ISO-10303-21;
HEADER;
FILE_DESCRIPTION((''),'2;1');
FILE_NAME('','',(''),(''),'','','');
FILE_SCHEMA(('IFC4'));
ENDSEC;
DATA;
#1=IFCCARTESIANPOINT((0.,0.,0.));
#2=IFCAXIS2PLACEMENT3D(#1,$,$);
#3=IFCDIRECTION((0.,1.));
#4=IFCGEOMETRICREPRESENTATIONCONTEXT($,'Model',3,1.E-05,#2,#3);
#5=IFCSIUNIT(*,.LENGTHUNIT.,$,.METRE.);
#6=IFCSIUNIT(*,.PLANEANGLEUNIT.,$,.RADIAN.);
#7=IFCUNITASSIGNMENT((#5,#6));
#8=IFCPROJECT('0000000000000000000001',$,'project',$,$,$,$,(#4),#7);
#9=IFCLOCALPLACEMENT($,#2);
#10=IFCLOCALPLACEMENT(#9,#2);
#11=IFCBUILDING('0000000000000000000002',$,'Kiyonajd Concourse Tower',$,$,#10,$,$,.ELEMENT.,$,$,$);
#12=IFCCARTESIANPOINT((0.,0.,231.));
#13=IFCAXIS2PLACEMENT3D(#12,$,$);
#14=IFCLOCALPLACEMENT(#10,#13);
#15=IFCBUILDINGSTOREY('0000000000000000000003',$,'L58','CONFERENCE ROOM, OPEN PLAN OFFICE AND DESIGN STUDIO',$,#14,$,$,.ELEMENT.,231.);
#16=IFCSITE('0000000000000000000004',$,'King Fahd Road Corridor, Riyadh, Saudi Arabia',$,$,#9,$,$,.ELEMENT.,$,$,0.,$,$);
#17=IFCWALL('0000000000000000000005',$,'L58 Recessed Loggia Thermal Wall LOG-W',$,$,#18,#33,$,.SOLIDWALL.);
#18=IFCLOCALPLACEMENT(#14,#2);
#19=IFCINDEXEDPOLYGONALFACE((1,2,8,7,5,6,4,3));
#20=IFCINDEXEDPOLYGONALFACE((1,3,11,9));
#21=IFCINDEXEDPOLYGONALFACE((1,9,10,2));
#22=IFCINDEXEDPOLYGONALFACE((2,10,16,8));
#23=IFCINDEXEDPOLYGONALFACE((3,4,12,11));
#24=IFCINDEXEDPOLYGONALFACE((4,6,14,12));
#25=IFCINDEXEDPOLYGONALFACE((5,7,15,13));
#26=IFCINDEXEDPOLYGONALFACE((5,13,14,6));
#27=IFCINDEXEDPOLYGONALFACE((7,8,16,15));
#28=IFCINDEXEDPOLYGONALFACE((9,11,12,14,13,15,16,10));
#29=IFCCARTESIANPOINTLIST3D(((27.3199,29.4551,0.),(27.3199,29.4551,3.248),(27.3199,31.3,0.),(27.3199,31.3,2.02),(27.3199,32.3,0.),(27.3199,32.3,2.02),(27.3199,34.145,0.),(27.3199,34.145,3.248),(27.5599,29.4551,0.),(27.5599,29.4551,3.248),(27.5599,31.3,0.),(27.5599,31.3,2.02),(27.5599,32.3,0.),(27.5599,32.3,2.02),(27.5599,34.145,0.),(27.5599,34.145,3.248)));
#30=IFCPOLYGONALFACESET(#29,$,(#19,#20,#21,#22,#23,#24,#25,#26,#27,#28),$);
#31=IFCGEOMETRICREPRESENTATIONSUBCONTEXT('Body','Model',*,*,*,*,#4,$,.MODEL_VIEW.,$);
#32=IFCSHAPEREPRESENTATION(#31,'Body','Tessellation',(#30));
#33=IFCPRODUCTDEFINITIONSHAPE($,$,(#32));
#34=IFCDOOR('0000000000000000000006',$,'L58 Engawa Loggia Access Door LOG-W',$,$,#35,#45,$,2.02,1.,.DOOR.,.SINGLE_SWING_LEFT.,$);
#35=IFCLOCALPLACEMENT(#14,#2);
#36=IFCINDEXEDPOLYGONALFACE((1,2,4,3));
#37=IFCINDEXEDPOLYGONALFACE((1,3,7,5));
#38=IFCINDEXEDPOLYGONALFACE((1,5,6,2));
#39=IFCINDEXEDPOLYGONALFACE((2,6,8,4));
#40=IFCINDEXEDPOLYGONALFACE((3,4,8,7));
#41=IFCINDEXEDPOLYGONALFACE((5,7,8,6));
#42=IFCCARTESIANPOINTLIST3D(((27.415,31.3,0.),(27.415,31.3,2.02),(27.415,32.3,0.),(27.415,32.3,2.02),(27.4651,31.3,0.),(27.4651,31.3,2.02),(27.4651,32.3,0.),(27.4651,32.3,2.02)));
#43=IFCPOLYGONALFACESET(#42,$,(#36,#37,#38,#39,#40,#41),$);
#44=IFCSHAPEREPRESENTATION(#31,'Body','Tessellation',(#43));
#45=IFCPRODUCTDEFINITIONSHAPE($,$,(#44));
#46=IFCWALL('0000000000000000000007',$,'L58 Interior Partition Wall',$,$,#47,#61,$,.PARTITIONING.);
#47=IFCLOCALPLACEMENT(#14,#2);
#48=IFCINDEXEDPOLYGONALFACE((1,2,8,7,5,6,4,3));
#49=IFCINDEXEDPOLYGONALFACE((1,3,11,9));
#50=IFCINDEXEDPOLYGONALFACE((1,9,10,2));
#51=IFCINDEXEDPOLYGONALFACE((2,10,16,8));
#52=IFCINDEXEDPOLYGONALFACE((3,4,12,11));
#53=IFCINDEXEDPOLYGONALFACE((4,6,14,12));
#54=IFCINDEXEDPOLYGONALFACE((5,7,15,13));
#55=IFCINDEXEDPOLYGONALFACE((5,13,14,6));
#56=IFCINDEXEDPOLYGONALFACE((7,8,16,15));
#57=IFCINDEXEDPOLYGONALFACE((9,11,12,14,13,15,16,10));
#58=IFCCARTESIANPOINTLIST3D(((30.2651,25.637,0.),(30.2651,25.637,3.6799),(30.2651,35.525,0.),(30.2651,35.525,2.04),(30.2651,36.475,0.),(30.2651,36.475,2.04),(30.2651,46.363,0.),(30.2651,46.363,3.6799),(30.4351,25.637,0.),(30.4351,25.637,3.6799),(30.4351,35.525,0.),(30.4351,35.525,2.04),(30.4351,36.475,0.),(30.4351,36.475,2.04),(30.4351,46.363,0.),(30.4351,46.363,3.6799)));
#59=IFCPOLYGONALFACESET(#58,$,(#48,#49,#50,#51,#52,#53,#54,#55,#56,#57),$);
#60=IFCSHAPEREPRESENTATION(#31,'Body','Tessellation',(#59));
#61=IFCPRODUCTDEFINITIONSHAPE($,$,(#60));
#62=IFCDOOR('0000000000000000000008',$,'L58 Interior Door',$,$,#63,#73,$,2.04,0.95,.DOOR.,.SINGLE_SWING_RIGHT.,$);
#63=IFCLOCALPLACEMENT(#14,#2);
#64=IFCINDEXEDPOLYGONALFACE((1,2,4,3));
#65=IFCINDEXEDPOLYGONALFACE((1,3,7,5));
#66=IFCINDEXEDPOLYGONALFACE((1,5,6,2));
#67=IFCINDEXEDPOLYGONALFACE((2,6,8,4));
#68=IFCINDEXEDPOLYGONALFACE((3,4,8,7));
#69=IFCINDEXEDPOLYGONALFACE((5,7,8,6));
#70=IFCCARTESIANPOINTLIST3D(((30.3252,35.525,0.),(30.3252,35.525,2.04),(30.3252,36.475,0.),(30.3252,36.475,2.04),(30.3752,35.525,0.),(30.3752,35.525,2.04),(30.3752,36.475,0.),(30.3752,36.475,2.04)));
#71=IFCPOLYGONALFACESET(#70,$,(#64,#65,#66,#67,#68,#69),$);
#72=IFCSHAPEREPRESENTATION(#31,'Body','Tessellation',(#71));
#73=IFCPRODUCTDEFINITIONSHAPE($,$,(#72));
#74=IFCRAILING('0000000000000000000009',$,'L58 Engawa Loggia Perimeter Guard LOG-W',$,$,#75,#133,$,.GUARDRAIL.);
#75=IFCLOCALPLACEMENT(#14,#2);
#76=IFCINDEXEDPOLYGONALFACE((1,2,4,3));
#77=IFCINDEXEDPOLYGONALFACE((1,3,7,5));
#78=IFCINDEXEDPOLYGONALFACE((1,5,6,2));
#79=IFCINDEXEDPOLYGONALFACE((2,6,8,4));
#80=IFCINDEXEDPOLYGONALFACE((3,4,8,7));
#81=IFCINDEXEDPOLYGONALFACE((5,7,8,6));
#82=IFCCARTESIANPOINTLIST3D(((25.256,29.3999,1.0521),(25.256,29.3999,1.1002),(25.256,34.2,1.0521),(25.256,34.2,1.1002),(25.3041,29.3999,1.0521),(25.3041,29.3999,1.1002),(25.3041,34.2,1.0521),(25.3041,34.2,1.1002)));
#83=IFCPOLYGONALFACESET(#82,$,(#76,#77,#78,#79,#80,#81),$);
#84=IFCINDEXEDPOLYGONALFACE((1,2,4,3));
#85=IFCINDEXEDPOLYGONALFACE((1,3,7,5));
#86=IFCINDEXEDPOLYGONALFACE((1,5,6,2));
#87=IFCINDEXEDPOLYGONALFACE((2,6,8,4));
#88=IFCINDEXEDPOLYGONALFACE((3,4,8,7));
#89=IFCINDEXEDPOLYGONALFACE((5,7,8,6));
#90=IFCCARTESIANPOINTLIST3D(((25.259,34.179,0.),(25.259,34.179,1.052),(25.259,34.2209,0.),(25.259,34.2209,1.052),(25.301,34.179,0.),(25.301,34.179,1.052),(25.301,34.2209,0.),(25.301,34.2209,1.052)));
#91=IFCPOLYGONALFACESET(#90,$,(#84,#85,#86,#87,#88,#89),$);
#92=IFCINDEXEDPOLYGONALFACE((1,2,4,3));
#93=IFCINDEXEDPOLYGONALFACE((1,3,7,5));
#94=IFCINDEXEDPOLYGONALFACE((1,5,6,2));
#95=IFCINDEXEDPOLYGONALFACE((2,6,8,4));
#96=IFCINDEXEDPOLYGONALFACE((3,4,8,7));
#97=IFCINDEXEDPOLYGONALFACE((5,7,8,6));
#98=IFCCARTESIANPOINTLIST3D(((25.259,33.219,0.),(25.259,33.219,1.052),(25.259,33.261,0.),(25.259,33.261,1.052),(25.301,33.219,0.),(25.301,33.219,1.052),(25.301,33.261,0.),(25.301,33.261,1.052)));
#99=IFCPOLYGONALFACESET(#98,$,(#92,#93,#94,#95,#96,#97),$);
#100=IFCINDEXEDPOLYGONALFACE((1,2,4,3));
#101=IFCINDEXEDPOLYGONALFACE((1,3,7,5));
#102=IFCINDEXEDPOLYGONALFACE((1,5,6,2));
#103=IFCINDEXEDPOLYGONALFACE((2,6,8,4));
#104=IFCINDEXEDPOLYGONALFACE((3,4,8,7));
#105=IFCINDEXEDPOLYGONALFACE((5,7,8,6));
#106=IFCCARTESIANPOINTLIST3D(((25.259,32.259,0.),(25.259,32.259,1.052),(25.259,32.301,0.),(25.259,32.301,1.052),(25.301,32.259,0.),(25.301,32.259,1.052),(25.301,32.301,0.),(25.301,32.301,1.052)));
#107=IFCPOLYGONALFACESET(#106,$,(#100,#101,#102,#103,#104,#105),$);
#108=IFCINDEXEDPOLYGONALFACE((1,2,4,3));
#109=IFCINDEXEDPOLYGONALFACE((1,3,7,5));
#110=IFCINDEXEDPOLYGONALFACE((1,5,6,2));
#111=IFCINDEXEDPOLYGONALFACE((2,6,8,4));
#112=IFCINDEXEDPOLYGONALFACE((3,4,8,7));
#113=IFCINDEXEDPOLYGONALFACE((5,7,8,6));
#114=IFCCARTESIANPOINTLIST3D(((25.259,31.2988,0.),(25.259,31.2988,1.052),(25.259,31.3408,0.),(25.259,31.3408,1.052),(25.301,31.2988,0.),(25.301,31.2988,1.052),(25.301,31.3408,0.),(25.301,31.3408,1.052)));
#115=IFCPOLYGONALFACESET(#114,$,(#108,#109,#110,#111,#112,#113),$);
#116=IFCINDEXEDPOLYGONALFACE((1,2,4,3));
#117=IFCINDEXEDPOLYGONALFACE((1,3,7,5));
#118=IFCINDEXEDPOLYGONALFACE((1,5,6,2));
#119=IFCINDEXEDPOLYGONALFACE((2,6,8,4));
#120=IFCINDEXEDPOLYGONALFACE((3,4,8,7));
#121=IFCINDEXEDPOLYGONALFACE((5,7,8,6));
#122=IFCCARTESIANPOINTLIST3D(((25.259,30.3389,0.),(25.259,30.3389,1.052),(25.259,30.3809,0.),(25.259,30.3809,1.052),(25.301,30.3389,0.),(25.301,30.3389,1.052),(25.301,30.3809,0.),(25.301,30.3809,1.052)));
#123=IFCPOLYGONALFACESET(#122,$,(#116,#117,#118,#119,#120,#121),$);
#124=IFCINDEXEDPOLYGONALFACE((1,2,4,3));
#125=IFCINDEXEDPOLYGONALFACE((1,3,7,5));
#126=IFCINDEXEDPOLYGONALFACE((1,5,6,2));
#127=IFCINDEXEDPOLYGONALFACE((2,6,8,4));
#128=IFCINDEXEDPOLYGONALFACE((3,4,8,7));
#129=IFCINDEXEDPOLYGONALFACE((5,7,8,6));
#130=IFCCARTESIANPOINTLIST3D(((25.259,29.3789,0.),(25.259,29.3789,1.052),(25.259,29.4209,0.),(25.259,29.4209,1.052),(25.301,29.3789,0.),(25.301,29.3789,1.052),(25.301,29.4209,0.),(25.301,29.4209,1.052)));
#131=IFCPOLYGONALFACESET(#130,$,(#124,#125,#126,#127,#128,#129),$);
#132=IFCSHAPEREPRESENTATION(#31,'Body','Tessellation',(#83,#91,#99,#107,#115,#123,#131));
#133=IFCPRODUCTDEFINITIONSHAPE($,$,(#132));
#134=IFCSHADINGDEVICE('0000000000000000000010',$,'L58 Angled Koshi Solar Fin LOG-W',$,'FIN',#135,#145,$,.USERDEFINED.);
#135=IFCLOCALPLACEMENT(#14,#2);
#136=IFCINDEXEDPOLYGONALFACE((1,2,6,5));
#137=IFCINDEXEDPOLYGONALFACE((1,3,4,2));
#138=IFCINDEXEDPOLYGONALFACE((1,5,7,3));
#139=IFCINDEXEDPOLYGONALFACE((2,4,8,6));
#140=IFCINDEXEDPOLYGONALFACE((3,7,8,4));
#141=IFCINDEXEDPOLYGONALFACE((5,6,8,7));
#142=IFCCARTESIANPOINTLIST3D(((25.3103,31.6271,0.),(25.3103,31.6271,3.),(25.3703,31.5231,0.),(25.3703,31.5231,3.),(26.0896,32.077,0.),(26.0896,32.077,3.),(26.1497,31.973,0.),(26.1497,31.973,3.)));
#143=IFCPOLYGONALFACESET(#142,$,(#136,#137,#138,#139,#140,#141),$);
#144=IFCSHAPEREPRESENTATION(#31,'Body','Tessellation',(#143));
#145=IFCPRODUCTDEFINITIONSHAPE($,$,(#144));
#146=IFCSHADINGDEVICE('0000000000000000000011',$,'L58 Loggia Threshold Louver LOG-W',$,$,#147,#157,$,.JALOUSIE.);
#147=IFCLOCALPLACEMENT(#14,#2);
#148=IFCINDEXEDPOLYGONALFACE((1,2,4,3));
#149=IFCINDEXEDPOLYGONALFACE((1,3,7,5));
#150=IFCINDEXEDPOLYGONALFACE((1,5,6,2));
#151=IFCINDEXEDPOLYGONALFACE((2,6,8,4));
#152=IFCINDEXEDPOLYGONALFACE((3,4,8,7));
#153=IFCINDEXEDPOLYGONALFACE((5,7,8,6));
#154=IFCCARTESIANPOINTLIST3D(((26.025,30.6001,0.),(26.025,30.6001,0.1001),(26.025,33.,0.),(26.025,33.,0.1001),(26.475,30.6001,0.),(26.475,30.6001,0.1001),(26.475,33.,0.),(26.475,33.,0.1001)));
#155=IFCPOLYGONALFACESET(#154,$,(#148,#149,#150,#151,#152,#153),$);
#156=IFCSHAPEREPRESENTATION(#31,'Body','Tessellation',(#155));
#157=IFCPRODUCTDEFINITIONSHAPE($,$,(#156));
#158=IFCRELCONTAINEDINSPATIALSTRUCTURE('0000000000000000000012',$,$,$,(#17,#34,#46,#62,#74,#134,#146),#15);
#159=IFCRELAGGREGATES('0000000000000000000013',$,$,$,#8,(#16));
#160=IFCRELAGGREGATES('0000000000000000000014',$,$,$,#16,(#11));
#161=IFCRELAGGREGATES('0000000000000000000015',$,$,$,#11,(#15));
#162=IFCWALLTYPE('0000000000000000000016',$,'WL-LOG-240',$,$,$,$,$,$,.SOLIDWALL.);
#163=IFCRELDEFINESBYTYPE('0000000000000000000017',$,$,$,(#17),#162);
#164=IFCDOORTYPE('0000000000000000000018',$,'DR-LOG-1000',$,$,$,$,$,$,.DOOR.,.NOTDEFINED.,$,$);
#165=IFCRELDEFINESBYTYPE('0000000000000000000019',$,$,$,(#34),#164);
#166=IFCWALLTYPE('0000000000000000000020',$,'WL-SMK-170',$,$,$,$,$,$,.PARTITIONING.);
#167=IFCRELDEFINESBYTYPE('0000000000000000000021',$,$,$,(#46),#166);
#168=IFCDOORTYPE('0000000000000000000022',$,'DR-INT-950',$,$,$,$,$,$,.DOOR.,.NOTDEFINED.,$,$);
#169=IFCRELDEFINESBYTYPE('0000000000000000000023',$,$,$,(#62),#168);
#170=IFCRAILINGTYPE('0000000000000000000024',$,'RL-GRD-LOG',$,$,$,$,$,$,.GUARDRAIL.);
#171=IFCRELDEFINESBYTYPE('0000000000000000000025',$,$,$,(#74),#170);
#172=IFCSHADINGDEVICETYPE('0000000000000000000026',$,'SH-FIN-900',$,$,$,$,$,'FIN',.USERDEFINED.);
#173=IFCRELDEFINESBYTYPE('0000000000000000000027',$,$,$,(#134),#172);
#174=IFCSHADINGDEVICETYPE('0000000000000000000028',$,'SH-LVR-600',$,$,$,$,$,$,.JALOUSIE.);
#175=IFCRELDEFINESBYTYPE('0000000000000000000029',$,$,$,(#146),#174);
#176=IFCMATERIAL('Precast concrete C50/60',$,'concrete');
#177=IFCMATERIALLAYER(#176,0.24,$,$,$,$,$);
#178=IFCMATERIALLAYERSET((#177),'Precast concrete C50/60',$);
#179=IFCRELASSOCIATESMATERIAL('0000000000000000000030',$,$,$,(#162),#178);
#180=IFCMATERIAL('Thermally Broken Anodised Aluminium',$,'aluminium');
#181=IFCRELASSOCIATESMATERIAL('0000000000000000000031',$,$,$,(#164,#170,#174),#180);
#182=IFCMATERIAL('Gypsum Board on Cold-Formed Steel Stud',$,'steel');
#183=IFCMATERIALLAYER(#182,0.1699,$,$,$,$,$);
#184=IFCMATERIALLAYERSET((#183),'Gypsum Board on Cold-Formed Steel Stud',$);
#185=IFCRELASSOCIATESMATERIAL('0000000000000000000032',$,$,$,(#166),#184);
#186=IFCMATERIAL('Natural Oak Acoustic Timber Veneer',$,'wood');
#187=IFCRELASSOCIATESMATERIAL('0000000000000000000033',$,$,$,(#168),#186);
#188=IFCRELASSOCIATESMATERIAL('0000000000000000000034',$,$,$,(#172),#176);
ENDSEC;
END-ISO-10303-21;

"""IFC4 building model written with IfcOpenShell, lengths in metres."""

from ifc_helpers import new_model, si_unit, direction, frame, frame_2d, origin, origin_2d, place, context, subcontext, project, spatial, rectangle, extrude, material, layer, layer_set, type_object, element, fill, save


model = new_model("IFC4")

# Units and contexts
model_context = context("Model", 3, precision=1e-05, world=origin(), true_north=direction((0.0, 1.0)))
body_context = subcontext(model_context, "Body", "Model", "MODEL_VIEW")
ifc_project = project(units=[si_unit("LENGTHUNIT", "METRE"), si_unit("PLANEANGLEUNIT", "RADIAN")], contexts=[model_context])

# Site, building, storey
site_placement = place(None, origin())
site = spatial("IfcSite", under=ifc_project, at=site_placement, Name="King Fahd Road Corridor, Riyadh, Saudi Arabia", CompositionType="ELEMENT", RefElevation=0.0)
building_placement = place(site_placement, origin())
building = spatial("IfcBuilding", under=site, at=building_placement, Name="Kiyonajd Concourse Tower", CompositionType="ELEMENT")
storey_placement = place(building_placement, frame((0.0, 0.0, 231.0)))
storey = spatial("IfcBuildingStorey", under=building, at=storey_placement, Name="L58", Description="CONFERENCE ROOM, OPEN PLAN OFFICE AND DESIGN STUDIO", CompositionType="ELEMENT", Elevation=231.0)

# Shared definitions
ifc_material_1 = material(Name="Thermally Broken Anodised Aluminium", Category="aluminium")

# Shared definitions
ifc_material_2 = material(Name="Precast concrete C50/60", Category="concrete")

# Walls, openings, doors
ifc_layer_1 = layer(ifc_material_2, 0.24)
ifc_layer_set_1 = layer_set([ifc_layer_1], Name="Precast concrete C50/60")
wall_type_1 = type_object("IfcWallType", Name="WL-LOG-240", PredefinedType="SOLIDWALL", material=ifc_layer_set_1)
wall_1_placement = place(storey_placement, frame((27.4399, 29.4551, 0.0), z_axis=(0.0, 0.0, 1.0), x_axis=(0.0, 1.0, 0.0)))
wall_1 = element("IfcWall", 1, at=wall_1_placement, inside=storey, type_object=wall_type_1, Name="L58 Recessed Loggia Thermal Wall LOG-W", PredefinedType="SOLIDWALL", context=body_context, shape_type="SweptSolid", body=[
    extrude(rectangle(XDim=4.6899, YDim=0.24, at=frame_2d((2.345, 0.0))), origin(), (0.0, 0.0, 1.0), 3.248),
])
opening_1_placement = place(wall_1_placement, frame((1.845, 0.0, 0.0)))
opening_1 = element("IfcOpeningElement", 2, at=opening_1_placement, cuts=wall_1, PredefinedType="OPENING", context=body_context, shape_type="SweptSolid", body=[
    extrude(rectangle(XDim=1.0, YDim=2.02, at=frame_2d((0.5, 1.01))), frame((0.0, 0.1299, 0.0), z_axis=(0.0, -1.0, 0.0), x_axis=(1.0, 0.0, 0.0)), (0.0, 0.0, 1.0), 0.26),
])
door_type_1 = type_object("IfcDoorType", Name="DR-LOG-1000", OperationType="NOTDEFINED", PredefinedType="DOOR", material=ifc_material_1)
door_1_placement = place(opening_1_placement, origin())
door_1 = element("IfcDoor", 3, at=door_1_placement, inside=storey, type_object=door_type_1, Name="L58 Engawa Loggia Access Door LOG-W", OperationType="SINGLE_SWING_LEFT", OverallHeight=2.02, OverallWidth=1.0, PredefinedType="DOOR", context=body_context, shape_type="SweptSolid", body=[
    extrude(rectangle(XDim=1.0, YDim=2.02, at=frame_2d((0.5, 1.01))), frame((0.0, 0.0249, 0.0), z_axis=(0.0, -1.0, 0.0), x_axis=(1.0, 0.0, 0.0)), (0.0, 0.0, 1.0), 0.05),
])
fill(opening_1, door_1)
ifc_material_3 = material(Name="Gypsum Board on Cold-Formed Steel Stud", Category="steel")
ifc_layer_2 = layer(ifc_material_3, 0.1699)
ifc_layer_set_2 = layer_set([ifc_layer_2], Name="Gypsum Board on Cold-Formed Steel Stud")
wall_type_2 = type_object("IfcWallType", Name="WL-SMK-170", PredefinedType="PARTITIONING", material=ifc_layer_set_2)
wall_2_placement = place(storey_placement, frame((30.3501, 25.637, 0.0), z_axis=(0.0, 0.0, 1.0), x_axis=(0.0, 1.0, 0.0)))
wall_2 = element("IfcWall", 4, at=wall_2_placement, inside=storey, type_object=wall_type_2, Name="L58 Interior Partition Wall", PredefinedType="PARTITIONING", context=body_context, shape_type="SweptSolid", body=[
    extrude(rectangle(XDim=20.7261, YDim=0.1699, at=frame_2d((10.363, 0.0))), origin(), (0.0, 0.0, 1.0), 3.6799),
])
opening_2_placement = place(wall_2_placement, frame((9.8879, 0.0, 0.0)))
opening_2 = element("IfcOpeningElement", 5, at=opening_2_placement, cuts=wall_2, PredefinedType="OPENING", context=body_context, shape_type="SweptSolid", body=[
    extrude(rectangle(XDim=0.95, YDim=2.04, at=frame_2d((0.4751, 1.02))), frame((0.0, 0.095, 0.0), z_axis=(0.0, -1.0, 0.0), x_axis=(1.0, 0.0, 0.0)), (0.0, 0.0, 1.0), 0.1899),
])
ifc_material_4 = material(Name="Natural Oak Acoustic Timber Veneer", Category="wood")
door_type_2 = type_object("IfcDoorType", Name="DR-INT-950", OperationType="NOTDEFINED", PredefinedType="DOOR", material=ifc_material_4)
door_2_placement = place(opening_2_placement, origin())
door_2 = element("IfcDoor", 6, at=door_2_placement, inside=storey, type_object=door_type_2, Name="L58 Interior Door", OperationType="SINGLE_SWING_RIGHT", OverallHeight=2.04, OverallWidth=0.95, PredefinedType="DOOR", context=body_context, shape_type="SweptSolid", body=[
    extrude(rectangle(XDim=0.95, YDim=2.04, at=frame_2d((0.4751, 1.02))), frame((0.0, 0.0249, 0.0), z_axis=(0.0, -1.0, 0.0), x_axis=(1.0, 0.0, 0.0)), (0.0, 0.0, 1.0), 0.05),
])
fill(opening_2, door_2)

# Railing
railing_type = type_object("IfcRailingType", Name="RL-GRD-LOG", PredefinedType="GUARDRAIL", material=ifc_material_1)
railing_placement = place(storey_placement, frame((25.28, 34.2, 0.0)))
element("IfcRailing", 7, at=railing_placement, inside=storey, type_object=railing_type, Name="L58 Engawa Loggia Perimeter Guard LOG-W", PredefinedType="GUARDRAIL", context=body_context, shape_type="SweptSolid", body=[
    extrude(rectangle(XDim=0.0481, YDim=0.0481, at=origin_2d()), frame((0.0, 0.0, 1.0762), z_axis=(0.0, -1.0, 0.0), x_axis=(1.0, 0.0, 0.0)), (0.0, 0.0, 1.0), 4.8),
    extrude(rectangle(XDim=0.042, YDim=0.042, at=origin_2d()), origin(), (0.0, 0.0, 1.0), 1.052),
    extrude(rectangle(XDim=0.042, YDim=0.042, at=origin_2d()), frame((0.0, -0.96, 0.0)), (0.0, 0.0, 1.0), 1.052),
    extrude(rectangle(XDim=0.042, YDim=0.042, at=origin_2d()), frame((0.0, -1.9199, 0.0)), (0.0, 0.0, 1.0), 1.052),
    extrude(rectangle(XDim=0.042, YDim=0.042, at=origin_2d()), frame((0.0, -2.8801, 0.0)), (0.0, 0.0, 1.0), 1.052),
    extrude(rectangle(XDim=0.042, YDim=0.042, at=origin_2d()), frame((0.0, -3.8401, 0.0)), (0.0, 0.0, 1.0), 1.052),
    extrude(rectangle(XDim=0.042, YDim=0.042, at=origin_2d()), frame((0.0, -4.8, 0.0)), (0.0, 0.0, 1.0), 1.052),
])

# Shading devices
shading_device_type_1 = type_object("IfcShadingDeviceType", Name="SH-FIN-900", ElementType="FIN", PredefinedType="USERDEFINED", material=ifc_material_2)
shading_device_1_placement = place(storey_placement, frame((25.73, 31.8, 0.0), z_axis=(0.0, 0.0, 1.0), x_axis=(0.866025, 0.5, 0.0)))
element("IfcShadingDevice", 8, at=shading_device_1_placement, inside=storey, type_object=shading_device_type_1, Name="L58 Angled Koshi Solar Fin LOG-W", ObjectType="FIN", PredefinedType="USERDEFINED", context=body_context, shape_type="SweptSolid", body=[
    extrude(rectangle(XDim=0.8999, YDim=0.1201, at=origin_2d()), origin(), (0.0, 0.0, 1.0), 3.0),
])
shading_device_type_2 = type_object("IfcShadingDeviceType", Name="SH-LVR-600", PredefinedType="JALOUSIE", material=ifc_material_1)
shading_device_2_placement = place(storey_placement, frame((26.25, 31.8, 0.0), z_axis=(0.0, 0.0, 1.0), x_axis=(0.0, 1.0, 0.0)))
element("IfcShadingDevice", 9, at=shading_device_2_placement, inside=storey, type_object=shading_device_type_2, Name="L58 Loggia Threshold Louver LOG-W", PredefinedType="JALOUSIE", context=body_context, shape_type="SweptSolid", body=[
    extrude(rectangle(XDim=2.3999, YDim=0.45, at=origin_2d()), origin(), (0.0, 0.0, 1.0), 0.1001),
])

save(model, "model.ifc")
